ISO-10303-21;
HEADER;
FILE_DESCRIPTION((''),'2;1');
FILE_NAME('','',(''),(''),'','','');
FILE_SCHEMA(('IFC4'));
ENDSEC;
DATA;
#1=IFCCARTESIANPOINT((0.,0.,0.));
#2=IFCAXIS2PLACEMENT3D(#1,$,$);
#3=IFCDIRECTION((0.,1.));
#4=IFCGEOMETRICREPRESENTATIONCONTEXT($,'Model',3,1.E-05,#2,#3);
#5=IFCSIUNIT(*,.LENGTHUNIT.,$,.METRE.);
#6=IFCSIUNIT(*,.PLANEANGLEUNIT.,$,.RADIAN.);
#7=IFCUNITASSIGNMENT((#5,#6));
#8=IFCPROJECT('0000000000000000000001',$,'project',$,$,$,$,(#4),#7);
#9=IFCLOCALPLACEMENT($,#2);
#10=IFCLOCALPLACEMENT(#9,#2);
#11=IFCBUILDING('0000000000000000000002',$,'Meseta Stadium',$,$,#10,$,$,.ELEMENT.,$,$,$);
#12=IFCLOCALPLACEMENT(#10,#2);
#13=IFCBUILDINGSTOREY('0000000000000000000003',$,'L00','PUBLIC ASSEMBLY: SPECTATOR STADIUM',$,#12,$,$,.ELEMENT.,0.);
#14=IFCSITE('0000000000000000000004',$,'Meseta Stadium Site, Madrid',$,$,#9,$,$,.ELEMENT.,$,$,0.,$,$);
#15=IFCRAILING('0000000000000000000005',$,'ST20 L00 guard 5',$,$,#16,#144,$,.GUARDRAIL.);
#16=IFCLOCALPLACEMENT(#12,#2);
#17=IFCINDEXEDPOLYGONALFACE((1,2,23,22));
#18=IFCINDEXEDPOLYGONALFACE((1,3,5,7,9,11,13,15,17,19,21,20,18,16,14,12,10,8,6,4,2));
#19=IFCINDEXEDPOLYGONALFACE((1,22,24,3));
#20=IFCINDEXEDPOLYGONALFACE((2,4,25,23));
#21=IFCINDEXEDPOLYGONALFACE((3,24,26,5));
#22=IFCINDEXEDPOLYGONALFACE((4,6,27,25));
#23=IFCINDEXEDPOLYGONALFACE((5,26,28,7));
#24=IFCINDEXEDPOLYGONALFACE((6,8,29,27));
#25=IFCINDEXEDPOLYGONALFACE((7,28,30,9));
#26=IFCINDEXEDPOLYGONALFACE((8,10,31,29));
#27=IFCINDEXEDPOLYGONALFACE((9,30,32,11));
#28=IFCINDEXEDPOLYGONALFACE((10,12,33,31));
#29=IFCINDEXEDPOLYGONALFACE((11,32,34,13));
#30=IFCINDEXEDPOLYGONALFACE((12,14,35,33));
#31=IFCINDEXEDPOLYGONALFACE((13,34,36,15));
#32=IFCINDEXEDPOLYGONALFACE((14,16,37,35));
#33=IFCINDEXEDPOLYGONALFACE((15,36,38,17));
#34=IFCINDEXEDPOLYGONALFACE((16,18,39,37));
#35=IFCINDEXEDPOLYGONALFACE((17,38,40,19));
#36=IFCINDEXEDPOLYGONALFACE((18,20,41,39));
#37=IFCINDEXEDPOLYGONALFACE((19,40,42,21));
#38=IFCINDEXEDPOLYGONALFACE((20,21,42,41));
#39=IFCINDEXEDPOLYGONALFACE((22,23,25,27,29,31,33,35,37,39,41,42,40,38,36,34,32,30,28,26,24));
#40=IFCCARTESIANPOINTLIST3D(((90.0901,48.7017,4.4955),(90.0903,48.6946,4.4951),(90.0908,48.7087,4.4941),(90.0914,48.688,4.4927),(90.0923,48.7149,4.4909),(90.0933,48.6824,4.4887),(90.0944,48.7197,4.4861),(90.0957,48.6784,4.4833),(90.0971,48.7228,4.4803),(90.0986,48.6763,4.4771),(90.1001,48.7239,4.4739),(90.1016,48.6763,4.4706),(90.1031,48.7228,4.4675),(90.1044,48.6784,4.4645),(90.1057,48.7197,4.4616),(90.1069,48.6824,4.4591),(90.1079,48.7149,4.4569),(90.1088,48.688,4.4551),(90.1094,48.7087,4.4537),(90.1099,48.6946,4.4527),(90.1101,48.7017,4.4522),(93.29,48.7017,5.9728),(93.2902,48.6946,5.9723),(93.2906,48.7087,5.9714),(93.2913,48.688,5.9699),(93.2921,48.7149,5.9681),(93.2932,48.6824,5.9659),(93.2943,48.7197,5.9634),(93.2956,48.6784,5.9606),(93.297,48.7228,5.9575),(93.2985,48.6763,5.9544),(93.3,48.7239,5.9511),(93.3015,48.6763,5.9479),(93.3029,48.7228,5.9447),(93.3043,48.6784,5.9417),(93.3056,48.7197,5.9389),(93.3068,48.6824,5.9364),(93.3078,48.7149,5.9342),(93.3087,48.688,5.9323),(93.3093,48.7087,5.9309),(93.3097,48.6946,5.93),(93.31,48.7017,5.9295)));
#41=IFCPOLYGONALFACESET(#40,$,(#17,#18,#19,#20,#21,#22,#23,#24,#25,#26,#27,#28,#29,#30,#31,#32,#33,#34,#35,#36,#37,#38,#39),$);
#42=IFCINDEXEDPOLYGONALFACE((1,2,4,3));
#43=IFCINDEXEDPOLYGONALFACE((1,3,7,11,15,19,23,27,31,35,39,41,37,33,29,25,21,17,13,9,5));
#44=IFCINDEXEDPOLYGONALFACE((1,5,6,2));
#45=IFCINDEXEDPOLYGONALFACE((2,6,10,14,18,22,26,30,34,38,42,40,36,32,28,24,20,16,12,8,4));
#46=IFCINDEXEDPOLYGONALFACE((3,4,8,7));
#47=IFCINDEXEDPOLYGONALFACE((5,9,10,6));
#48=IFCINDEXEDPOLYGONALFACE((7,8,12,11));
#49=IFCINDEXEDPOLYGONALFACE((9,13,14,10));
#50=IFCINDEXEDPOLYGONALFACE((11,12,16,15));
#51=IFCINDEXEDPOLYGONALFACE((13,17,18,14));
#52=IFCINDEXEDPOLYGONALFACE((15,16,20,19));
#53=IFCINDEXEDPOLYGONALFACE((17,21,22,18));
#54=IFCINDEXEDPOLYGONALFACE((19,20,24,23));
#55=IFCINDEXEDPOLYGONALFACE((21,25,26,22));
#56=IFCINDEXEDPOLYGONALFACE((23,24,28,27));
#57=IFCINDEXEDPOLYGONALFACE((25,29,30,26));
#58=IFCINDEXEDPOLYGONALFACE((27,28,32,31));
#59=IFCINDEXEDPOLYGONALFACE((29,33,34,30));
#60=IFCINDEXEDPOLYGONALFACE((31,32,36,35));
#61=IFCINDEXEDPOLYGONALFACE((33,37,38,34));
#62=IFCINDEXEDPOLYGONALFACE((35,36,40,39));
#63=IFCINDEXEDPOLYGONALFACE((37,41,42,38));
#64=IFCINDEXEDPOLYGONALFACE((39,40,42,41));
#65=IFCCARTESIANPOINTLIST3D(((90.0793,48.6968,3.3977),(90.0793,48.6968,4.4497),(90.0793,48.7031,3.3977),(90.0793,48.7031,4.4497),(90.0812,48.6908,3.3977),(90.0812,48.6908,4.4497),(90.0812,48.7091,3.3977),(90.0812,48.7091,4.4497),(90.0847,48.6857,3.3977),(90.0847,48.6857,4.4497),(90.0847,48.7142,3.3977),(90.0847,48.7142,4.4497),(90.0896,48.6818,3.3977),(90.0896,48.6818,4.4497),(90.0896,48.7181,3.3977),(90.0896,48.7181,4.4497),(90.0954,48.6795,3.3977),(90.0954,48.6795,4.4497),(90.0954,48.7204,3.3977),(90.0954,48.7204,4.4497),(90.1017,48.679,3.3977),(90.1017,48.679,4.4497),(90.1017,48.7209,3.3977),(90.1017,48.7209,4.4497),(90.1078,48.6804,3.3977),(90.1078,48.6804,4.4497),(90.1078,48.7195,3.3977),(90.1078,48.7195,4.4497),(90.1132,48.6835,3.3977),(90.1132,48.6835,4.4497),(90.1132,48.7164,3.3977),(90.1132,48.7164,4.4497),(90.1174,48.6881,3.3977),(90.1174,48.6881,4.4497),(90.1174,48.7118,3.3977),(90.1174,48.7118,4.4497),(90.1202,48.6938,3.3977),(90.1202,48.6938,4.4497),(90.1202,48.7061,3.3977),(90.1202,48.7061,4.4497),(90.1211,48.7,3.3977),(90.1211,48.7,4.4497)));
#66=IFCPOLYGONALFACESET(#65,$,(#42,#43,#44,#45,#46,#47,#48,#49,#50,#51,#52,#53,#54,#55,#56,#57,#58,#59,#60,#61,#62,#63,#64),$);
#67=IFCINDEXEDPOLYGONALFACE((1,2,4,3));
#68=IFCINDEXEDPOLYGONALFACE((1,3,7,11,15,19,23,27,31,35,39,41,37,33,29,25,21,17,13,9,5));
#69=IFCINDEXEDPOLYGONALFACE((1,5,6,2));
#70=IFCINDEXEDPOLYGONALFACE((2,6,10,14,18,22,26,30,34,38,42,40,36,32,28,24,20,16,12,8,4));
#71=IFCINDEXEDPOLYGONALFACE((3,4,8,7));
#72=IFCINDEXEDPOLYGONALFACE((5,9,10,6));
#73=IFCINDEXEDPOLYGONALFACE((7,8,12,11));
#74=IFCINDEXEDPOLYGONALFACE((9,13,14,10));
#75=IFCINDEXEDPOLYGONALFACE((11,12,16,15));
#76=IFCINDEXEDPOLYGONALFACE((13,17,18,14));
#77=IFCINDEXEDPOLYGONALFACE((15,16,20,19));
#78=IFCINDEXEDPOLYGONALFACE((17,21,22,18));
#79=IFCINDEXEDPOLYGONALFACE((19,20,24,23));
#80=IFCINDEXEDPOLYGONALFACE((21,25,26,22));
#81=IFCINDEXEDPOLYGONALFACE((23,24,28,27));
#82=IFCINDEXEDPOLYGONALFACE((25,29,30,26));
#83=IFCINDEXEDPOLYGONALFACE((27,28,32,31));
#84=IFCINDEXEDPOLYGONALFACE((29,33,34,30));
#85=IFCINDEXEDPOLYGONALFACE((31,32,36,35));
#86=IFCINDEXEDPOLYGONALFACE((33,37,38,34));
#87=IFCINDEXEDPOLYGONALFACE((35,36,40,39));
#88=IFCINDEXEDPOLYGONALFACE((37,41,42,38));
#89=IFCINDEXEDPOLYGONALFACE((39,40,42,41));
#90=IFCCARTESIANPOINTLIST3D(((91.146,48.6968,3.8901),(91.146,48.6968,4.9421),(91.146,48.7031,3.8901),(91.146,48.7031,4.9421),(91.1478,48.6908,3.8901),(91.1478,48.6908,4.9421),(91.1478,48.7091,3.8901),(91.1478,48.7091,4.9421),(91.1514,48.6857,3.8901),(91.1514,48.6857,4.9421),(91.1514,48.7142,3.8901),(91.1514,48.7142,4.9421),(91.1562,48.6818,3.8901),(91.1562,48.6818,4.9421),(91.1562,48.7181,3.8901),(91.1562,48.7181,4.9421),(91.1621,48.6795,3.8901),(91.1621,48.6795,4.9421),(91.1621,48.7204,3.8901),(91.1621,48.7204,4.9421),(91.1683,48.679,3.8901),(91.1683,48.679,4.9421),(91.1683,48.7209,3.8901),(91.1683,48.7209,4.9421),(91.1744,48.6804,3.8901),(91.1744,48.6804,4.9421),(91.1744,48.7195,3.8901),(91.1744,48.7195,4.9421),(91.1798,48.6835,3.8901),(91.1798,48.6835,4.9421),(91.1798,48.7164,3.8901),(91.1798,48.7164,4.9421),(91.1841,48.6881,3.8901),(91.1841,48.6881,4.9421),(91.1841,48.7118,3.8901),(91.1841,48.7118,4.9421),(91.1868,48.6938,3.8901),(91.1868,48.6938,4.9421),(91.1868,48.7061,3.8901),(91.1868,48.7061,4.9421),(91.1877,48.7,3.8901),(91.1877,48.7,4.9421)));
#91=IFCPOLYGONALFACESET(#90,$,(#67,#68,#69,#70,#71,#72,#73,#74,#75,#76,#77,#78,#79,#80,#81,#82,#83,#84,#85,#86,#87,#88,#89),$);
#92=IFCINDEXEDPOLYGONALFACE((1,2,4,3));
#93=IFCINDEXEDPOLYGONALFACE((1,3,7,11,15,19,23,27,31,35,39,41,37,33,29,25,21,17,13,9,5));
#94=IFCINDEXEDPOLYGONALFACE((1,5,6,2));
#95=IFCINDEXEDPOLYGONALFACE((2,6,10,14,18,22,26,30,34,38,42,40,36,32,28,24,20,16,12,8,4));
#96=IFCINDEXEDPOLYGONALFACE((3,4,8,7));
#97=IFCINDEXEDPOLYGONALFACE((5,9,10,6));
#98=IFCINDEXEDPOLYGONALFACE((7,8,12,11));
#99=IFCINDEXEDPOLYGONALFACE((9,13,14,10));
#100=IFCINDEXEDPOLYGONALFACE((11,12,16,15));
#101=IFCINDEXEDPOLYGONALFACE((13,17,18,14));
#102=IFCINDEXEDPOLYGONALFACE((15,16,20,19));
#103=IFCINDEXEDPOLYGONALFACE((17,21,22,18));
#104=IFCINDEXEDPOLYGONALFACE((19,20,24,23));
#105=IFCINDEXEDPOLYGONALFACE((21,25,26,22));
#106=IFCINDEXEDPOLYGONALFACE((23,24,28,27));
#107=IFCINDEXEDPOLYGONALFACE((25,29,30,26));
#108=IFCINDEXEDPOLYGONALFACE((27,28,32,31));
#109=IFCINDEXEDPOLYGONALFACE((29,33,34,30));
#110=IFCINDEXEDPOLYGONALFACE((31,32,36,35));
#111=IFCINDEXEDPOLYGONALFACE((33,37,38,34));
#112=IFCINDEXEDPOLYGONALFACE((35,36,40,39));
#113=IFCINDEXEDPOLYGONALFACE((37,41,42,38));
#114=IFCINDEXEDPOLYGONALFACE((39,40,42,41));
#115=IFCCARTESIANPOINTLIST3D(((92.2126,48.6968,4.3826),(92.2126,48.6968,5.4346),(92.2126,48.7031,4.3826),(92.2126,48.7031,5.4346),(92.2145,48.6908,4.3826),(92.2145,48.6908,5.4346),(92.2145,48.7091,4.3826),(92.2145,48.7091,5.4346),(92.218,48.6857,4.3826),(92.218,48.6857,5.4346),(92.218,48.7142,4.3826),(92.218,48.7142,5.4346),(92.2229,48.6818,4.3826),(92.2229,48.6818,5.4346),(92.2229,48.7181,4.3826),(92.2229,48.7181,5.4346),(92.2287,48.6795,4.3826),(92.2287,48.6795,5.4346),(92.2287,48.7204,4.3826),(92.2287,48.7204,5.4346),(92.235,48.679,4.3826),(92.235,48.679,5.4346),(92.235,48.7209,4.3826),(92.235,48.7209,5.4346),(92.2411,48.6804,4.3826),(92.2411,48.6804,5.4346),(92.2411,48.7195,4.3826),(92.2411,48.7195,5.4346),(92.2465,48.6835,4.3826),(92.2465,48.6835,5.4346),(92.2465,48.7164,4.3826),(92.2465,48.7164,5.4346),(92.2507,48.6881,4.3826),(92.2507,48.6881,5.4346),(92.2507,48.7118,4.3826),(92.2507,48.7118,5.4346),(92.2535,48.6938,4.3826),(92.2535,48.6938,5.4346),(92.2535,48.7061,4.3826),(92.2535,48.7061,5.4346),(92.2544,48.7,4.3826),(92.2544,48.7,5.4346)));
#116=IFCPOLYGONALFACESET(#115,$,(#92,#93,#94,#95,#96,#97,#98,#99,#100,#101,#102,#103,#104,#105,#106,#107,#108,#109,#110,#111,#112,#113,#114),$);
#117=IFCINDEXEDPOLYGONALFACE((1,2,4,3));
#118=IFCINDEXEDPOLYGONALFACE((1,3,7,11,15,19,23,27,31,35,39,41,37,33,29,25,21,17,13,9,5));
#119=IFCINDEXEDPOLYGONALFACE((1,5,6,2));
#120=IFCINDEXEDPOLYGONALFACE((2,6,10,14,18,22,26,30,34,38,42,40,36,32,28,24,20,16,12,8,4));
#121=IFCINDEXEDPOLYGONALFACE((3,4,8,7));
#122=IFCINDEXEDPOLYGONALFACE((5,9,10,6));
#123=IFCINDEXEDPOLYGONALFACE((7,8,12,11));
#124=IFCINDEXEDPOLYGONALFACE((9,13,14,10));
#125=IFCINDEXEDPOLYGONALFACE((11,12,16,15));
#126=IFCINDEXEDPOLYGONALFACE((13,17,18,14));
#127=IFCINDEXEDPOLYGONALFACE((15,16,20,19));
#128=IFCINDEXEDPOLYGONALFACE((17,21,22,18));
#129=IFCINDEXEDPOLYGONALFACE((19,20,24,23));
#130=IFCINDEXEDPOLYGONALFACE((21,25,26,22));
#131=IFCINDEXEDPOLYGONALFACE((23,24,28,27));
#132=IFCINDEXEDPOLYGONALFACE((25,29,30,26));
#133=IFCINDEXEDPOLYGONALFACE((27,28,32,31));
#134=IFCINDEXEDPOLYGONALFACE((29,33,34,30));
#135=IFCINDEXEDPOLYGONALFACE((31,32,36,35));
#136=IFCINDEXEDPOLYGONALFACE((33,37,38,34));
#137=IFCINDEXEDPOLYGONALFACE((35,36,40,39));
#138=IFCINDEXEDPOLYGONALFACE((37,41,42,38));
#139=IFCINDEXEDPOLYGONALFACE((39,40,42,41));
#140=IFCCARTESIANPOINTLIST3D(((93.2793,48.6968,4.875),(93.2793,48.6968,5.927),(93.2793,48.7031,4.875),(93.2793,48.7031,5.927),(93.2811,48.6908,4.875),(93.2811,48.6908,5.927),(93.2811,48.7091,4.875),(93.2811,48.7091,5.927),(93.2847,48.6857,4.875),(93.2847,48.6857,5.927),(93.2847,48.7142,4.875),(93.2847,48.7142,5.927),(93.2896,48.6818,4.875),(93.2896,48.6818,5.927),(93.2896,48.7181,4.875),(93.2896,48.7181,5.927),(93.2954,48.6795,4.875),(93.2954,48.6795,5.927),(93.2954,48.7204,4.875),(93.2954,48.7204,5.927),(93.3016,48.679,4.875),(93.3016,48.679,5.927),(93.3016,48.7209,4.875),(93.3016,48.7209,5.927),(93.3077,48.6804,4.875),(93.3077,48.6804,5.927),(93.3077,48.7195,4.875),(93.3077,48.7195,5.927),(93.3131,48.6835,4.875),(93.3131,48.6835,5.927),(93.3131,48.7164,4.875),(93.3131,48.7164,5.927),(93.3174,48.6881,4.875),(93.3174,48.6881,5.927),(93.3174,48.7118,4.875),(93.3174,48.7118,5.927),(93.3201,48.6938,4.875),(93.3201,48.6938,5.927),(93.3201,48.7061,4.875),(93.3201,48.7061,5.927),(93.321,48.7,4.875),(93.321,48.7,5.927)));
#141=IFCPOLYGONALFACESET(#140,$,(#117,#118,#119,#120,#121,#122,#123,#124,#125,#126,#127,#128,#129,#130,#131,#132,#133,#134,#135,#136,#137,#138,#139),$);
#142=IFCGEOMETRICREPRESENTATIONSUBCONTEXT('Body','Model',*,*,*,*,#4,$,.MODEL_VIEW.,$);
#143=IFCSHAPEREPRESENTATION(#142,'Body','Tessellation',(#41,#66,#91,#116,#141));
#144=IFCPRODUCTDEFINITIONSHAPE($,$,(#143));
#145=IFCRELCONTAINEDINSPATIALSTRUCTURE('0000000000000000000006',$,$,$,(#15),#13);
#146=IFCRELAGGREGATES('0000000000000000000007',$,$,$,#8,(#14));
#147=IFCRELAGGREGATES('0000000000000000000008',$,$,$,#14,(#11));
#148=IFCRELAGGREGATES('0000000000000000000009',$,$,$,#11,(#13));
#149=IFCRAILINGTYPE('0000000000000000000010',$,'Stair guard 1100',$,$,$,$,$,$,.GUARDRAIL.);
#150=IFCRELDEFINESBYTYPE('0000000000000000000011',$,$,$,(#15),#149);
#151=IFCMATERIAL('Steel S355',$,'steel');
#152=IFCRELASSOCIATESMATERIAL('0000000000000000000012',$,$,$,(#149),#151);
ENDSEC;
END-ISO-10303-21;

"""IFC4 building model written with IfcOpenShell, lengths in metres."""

from ifc_helpers import new_model, si_unit, direction, frame, origin, origin_2d, place, context, subcontext, project, spatial, circle, extrude, material, type_object, element, save


model = new_model("IFC4")

# Units and contexts
model_context = context("Model", 3, precision=1e-05, world=origin(), true_north=direction((0.0, 1.0)))
body_context = subcontext(model_context, "Body", "Model", "MODEL_VIEW")
ifc_project = project(units=[si_unit("LENGTHUNIT", "METRE"), si_unit("PLANEANGLEUNIT", "RADIAN")], contexts=[model_context])

# Site, building, storey
site_placement = place(None, origin())
site = spatial("IfcSite", under=ifc_project, at=site_placement, Name="Meseta Stadium Site, Madrid", CompositionType="ELEMENT", RefElevation=0.0)
building_placement = place(site_placement, origin())
building = spatial("IfcBuilding", under=site, at=building_placement, Name="Meseta Stadium", CompositionType="ELEMENT")
storey_placement = place(building_placement, origin())
storey = spatial("IfcBuildingStorey", under=building, at=storey_placement, Name="L00", Description="PUBLIC ASSEMBLY: SPECTATOR STADIUM", CompositionType="ELEMENT", Elevation=0.0)

# Railing
ifc_material_1 = material(Name="Steel S355", Category="steel")
railing_type_1 = type_object("IfcRailingType", Name="Stair guard 1100", PredefinedType="GUARDRAIL", material=ifc_material_1)
railing_1_placement = place(storey_placement, frame((90.1001, 48.7, 3.3977)))
element("IfcRailing", 1, at=railing_1_placement, inside=storey, type_object=railing_type_1, Name="ST20 L00 guard 5", PredefinedType="GUARDRAIL", context=body_context, shape_type="SweptSolid", body=[
    extrude(circle(Radius=0.0239, at=origin_2d()), frame((0.0, 0.0, 1.0762), z_axis=(0.907917, 0.0, 0.41915), x_axis=(0.0, 1.0, 0.0)), (0.0, 0.0, 1.0), 3.5244),
    extrude(circle(Radius=0.021, at=origin_2d()), origin(), (0.0, 0.0, 1.0), 1.052),
    extrude(circle(Radius=0.021, at=origin_2d()), frame((1.0667, 0.0, 0.4924)), (0.0, 0.0, 1.0), 1.052),
    extrude(circle(Radius=0.021, at=origin_2d()), frame((2.1333, 0.0, 0.9849)), (0.0, 0.0, 1.0), 1.052),
    extrude(circle(Radius=0.021, at=origin_2d()), frame((3.2, 0.0, 1.4773)), (0.0, 0.0, 1.0), 1.052),
])

save(model, "model.ifc")
